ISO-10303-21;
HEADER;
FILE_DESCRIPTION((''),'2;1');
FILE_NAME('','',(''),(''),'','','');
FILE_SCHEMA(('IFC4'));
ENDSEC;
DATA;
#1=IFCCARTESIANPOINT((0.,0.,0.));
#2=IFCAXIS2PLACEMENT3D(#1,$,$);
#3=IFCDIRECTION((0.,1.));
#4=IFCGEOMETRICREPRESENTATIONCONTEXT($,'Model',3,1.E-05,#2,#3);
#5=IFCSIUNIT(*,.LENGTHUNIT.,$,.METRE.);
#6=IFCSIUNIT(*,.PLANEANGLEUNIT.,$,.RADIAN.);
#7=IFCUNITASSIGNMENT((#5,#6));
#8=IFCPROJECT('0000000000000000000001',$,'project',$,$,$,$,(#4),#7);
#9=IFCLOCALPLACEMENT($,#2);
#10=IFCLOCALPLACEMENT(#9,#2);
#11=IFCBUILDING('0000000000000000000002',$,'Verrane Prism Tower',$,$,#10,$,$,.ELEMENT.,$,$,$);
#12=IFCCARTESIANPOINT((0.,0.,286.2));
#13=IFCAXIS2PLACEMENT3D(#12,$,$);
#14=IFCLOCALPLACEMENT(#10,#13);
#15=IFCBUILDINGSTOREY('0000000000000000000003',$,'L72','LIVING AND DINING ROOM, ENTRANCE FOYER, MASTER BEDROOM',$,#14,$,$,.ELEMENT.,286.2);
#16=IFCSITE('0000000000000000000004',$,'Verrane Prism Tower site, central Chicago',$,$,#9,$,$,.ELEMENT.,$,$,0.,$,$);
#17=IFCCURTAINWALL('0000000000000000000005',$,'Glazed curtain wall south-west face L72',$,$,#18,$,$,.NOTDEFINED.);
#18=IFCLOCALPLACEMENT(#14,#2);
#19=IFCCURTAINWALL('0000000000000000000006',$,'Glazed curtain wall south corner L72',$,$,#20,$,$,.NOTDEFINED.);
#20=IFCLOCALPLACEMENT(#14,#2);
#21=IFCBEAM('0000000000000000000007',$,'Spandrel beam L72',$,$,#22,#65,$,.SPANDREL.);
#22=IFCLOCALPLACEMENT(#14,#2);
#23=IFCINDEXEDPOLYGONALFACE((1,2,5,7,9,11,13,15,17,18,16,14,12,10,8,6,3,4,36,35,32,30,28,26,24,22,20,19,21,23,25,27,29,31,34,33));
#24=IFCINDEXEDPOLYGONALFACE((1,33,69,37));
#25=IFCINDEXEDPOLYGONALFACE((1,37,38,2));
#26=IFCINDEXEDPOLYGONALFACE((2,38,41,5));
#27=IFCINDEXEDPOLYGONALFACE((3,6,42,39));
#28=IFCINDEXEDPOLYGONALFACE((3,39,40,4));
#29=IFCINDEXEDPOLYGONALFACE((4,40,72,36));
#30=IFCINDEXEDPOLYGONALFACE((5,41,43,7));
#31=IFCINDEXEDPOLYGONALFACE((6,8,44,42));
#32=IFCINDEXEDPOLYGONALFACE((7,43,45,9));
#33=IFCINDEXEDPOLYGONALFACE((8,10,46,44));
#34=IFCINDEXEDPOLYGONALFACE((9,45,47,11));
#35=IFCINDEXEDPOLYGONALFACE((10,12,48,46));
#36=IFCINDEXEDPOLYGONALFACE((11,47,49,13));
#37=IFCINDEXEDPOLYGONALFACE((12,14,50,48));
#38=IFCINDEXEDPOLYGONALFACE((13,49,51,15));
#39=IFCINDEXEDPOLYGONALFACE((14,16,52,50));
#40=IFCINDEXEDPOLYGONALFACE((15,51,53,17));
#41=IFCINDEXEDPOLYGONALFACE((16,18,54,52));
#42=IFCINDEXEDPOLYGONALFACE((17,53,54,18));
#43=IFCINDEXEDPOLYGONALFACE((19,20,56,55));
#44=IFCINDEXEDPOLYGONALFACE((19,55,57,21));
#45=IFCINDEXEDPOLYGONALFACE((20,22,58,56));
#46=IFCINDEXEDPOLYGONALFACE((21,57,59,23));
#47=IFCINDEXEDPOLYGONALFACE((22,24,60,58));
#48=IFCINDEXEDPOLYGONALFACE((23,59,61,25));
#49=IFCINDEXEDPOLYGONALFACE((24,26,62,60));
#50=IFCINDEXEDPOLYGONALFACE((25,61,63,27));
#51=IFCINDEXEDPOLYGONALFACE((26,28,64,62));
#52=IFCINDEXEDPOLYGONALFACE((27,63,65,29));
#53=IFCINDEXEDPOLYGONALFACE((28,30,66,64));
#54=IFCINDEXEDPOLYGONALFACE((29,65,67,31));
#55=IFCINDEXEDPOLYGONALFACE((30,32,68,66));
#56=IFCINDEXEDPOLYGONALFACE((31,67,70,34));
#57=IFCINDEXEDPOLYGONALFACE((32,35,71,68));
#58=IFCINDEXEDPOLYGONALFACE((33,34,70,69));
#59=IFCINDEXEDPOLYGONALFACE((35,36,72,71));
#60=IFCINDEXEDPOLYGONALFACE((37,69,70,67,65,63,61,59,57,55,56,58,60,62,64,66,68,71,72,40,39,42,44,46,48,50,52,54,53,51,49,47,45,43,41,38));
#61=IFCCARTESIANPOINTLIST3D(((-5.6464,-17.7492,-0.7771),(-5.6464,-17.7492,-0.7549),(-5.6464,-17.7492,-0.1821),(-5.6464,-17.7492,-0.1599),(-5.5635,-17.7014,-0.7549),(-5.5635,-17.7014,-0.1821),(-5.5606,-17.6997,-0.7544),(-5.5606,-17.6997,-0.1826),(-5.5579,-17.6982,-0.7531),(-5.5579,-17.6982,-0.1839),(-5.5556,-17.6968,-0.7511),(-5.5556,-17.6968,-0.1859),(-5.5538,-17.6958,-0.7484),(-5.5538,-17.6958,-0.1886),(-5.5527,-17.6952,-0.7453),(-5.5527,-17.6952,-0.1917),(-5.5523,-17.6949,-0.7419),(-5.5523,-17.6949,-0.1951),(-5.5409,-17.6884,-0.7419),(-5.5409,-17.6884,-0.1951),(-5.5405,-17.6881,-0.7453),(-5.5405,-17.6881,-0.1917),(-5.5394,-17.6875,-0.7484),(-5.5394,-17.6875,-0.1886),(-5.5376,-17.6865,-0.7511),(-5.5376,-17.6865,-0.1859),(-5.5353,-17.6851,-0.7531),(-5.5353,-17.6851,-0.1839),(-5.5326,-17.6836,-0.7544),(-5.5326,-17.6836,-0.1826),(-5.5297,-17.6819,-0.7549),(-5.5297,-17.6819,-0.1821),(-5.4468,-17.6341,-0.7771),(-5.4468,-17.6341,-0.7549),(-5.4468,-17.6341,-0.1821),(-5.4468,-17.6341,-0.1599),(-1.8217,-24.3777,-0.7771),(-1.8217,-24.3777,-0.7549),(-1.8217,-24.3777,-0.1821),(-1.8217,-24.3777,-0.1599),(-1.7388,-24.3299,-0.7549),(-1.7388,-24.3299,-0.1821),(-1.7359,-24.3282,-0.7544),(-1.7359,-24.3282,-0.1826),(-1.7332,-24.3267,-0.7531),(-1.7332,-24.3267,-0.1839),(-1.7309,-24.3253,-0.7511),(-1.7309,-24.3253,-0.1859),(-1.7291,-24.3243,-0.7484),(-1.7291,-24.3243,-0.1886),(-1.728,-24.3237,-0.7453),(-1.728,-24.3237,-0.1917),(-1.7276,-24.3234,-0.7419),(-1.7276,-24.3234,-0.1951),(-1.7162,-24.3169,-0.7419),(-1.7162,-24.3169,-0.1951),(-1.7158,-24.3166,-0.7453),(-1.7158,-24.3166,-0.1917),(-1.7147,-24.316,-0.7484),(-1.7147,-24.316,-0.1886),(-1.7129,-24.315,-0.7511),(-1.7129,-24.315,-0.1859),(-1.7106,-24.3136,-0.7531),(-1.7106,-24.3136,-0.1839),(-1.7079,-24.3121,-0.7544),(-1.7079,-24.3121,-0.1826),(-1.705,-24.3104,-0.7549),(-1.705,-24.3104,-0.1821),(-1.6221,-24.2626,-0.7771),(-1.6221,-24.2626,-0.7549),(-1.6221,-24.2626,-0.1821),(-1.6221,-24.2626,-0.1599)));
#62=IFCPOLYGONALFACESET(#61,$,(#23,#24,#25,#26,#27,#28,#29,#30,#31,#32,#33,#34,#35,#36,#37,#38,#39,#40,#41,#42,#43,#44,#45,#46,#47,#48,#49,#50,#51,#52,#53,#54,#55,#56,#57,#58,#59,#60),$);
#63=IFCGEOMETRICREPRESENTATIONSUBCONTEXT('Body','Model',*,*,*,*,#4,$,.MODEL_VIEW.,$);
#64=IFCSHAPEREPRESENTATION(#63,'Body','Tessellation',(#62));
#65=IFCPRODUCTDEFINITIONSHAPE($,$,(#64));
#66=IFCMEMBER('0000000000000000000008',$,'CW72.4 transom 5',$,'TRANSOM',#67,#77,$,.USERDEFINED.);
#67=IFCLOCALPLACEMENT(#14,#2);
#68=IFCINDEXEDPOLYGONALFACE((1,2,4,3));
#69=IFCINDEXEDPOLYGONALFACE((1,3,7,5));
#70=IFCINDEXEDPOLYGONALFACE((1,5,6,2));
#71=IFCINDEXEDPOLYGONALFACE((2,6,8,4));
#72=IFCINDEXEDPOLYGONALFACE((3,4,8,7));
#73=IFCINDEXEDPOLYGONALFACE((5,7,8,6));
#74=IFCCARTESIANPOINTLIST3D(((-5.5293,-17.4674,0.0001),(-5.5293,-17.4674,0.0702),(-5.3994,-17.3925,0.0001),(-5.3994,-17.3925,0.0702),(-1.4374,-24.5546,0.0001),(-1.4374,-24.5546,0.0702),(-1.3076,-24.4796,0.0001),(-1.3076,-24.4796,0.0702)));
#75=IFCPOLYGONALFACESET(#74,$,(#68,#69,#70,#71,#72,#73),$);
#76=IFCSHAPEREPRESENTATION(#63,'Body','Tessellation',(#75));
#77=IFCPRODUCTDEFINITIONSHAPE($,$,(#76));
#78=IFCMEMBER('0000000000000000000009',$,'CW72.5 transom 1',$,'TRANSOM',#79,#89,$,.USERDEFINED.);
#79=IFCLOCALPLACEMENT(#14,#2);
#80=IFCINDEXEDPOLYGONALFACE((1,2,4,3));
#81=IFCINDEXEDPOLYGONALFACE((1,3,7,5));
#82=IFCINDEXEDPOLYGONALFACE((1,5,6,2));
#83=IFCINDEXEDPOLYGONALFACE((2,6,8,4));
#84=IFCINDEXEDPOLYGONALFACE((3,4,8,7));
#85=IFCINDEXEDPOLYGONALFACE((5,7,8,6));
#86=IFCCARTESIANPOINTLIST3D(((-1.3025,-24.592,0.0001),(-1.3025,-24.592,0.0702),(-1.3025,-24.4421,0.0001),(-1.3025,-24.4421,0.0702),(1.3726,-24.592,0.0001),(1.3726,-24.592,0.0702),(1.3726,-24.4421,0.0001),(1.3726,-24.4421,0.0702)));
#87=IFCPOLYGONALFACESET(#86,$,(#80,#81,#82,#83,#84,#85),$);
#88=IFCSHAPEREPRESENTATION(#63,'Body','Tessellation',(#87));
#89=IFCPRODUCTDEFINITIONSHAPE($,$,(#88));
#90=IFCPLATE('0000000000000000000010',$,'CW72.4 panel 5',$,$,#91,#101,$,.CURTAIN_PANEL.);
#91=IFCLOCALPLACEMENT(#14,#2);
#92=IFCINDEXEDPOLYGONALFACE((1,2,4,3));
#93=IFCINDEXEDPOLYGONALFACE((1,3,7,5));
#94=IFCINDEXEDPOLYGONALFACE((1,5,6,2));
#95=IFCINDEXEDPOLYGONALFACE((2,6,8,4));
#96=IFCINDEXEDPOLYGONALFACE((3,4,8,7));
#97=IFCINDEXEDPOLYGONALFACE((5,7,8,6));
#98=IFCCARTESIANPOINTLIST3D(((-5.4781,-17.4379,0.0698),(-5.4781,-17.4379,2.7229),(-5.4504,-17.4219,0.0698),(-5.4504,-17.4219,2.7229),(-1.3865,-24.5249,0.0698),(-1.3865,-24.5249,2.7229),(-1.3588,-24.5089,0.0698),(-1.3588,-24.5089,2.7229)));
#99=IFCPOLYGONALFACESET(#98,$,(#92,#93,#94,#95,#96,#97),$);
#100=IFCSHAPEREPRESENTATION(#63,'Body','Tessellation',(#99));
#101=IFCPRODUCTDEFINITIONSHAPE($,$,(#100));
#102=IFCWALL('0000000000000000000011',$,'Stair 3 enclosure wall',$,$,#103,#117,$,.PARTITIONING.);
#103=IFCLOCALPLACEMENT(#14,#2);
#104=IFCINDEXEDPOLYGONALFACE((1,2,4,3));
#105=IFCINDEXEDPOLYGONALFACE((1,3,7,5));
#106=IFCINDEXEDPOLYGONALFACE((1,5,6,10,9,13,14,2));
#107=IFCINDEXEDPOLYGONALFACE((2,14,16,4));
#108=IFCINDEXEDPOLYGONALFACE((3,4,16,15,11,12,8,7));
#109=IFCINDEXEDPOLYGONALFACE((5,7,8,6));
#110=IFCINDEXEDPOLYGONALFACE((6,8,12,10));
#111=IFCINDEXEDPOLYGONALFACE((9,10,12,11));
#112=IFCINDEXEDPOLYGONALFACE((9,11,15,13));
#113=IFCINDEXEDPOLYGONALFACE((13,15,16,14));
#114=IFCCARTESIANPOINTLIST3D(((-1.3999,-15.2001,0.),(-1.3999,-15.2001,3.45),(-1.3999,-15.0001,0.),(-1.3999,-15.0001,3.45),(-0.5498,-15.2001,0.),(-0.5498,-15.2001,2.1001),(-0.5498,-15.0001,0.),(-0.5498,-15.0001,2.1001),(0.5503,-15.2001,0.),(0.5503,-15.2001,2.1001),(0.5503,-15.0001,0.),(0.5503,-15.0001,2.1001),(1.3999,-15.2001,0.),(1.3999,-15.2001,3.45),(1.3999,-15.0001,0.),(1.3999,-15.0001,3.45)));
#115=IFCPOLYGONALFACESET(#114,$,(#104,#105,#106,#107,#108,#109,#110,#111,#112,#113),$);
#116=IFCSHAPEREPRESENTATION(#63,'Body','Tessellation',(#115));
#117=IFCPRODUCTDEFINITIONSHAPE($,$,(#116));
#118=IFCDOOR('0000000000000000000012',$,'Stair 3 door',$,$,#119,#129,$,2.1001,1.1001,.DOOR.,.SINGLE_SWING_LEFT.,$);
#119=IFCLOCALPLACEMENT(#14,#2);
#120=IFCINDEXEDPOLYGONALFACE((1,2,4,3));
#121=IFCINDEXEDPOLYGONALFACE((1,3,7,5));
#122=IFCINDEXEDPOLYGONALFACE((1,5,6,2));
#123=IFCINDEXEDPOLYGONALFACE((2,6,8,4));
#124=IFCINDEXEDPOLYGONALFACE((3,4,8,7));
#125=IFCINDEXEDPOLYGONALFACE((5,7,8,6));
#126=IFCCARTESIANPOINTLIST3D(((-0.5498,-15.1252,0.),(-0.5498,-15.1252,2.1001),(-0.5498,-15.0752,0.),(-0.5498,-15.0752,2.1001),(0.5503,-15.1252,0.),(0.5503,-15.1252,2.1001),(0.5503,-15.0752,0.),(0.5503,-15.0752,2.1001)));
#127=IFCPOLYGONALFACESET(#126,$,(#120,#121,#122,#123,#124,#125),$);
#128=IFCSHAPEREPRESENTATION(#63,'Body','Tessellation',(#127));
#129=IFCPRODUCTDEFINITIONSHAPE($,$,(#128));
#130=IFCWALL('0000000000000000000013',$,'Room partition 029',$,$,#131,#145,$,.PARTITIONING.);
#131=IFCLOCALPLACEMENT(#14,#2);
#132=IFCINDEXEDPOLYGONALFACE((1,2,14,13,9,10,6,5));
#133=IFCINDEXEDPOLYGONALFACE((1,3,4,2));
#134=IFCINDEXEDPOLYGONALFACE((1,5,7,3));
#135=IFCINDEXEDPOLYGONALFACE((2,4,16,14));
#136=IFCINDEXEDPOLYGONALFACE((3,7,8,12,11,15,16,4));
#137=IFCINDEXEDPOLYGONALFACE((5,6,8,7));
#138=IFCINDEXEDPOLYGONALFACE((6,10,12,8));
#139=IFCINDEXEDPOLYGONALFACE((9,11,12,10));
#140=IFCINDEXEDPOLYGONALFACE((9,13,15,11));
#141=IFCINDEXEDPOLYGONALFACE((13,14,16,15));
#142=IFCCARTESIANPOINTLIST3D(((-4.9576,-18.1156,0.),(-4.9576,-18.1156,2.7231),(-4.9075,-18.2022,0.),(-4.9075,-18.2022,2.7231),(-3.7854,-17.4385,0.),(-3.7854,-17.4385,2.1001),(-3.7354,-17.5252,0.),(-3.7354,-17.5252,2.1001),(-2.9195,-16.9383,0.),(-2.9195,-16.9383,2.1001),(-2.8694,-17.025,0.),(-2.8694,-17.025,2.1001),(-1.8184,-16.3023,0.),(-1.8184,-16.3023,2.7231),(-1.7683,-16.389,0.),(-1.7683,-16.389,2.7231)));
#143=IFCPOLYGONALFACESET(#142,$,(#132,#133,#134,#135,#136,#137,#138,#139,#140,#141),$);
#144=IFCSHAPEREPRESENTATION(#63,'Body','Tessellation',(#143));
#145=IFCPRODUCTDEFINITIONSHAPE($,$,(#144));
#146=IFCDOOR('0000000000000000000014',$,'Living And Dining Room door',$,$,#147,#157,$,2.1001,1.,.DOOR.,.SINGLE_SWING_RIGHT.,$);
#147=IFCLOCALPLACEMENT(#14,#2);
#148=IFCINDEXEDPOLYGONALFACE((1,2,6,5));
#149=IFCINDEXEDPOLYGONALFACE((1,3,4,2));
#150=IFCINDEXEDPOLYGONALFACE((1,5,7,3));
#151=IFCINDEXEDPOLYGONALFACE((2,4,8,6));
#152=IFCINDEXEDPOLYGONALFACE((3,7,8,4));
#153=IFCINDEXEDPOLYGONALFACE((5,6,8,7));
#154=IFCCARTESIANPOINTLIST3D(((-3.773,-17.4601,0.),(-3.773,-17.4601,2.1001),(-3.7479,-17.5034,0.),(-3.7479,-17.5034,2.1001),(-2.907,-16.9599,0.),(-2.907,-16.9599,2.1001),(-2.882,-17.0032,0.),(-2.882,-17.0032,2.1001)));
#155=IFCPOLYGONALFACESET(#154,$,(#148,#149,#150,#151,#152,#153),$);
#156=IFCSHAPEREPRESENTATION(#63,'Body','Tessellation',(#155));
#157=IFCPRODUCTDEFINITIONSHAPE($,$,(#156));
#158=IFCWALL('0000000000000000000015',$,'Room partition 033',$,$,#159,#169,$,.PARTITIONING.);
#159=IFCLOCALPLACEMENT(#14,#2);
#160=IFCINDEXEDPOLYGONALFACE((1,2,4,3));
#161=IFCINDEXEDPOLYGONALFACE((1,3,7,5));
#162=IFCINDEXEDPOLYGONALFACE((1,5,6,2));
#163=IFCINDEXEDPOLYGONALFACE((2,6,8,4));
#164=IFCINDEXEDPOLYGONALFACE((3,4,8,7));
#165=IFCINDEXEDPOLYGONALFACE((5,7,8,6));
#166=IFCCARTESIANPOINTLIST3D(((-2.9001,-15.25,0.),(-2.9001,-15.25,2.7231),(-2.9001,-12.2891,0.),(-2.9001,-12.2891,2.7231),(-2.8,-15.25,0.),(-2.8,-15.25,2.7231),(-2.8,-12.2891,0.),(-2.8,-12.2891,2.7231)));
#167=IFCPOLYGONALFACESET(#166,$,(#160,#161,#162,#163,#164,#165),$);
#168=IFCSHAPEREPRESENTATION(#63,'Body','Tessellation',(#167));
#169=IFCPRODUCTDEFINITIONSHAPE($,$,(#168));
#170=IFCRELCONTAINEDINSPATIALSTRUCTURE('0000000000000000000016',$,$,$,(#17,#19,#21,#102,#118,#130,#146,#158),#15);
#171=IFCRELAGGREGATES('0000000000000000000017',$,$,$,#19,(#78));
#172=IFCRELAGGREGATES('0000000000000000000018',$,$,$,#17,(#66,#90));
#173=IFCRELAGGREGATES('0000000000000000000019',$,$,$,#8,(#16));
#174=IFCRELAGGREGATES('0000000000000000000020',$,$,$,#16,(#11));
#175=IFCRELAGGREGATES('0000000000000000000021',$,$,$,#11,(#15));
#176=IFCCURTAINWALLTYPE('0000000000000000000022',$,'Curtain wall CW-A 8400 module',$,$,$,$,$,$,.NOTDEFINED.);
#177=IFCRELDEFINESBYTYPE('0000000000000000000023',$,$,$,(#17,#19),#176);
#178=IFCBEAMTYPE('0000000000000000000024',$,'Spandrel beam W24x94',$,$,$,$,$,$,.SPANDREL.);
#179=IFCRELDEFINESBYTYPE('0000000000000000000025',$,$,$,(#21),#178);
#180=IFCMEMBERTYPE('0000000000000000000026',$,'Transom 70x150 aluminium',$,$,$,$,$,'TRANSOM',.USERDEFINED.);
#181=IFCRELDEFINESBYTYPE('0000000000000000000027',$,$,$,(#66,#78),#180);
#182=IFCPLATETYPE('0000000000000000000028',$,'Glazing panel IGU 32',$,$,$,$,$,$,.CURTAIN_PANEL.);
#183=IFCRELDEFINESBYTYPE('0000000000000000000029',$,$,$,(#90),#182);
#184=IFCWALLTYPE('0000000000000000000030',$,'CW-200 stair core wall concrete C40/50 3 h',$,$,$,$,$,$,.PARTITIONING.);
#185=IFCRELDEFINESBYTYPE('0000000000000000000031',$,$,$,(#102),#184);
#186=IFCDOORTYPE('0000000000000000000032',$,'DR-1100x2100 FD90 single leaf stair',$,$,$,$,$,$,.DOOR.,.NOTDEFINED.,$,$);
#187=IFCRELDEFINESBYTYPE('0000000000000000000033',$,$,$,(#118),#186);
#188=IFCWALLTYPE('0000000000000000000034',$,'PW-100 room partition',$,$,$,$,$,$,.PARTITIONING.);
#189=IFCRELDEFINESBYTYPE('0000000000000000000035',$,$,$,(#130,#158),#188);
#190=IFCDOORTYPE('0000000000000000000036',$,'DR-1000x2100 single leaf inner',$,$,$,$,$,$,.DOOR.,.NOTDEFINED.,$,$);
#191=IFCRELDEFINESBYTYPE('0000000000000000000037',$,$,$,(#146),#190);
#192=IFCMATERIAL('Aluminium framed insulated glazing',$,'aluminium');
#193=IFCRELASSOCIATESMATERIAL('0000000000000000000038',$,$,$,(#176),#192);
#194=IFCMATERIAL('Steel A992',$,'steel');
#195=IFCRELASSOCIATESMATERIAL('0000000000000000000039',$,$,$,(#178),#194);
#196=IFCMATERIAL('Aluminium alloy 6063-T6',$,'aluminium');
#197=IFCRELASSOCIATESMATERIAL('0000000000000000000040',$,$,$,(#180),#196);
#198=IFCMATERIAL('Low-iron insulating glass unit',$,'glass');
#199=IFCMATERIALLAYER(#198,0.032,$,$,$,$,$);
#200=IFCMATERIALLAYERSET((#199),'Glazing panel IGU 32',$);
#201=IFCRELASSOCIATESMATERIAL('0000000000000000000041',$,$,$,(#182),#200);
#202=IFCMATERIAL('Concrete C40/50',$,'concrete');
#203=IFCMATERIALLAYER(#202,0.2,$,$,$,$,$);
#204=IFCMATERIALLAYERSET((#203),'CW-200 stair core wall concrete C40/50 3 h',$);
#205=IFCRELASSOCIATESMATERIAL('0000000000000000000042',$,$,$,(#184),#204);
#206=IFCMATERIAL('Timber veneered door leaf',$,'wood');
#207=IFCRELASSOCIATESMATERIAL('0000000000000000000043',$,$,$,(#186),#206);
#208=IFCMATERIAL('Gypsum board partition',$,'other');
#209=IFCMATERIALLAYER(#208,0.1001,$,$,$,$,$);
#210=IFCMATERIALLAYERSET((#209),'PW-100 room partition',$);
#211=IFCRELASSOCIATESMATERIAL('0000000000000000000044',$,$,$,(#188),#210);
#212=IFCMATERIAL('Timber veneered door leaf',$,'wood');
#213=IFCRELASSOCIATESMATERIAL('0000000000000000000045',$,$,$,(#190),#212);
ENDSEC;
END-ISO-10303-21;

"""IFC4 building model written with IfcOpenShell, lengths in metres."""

from ifc_helpers import new_model, si_unit, direction, frame, frame_2d, origin, origin_2d, place, context, subcontext, project, spatial, rectangle, i_section, extrude, material, layer, layer_set, material_profile, profile_set, type_object, element, fill, aggregate, save


model = new_model("IFC4")

# Units and contexts
model_context = context("Model", 3, precision=1e-05, world=origin(), true_north=direction((0.0, 1.0)))
body_context = subcontext(model_context, "Body", "Model", "MODEL_VIEW")
ifc_project = project(units=[si_unit("LENGTHUNIT", "METRE"), si_unit("PLANEANGLEUNIT", "RADIAN")], contexts=[model_context])

# Site, building, storey
site_placement = place(None, origin())
site = spatial("IfcSite", under=ifc_project, at=site_placement, Name="Verrane Prism Tower site, central Chicago", CompositionType="ELEMENT", RefElevation=0.0)
building_placement = place(site_placement, origin())
building = spatial("IfcBuilding", under=site, at=building_placement, Name="Verrane Prism Tower", CompositionType="ELEMENT")
storey_placement = place(building_placement, frame((0.0, 0.0, 286.2)))
storey = spatial("IfcBuildingStorey", under=building, at=storey_placement, Name="L72", Description="LIVING AND DINING ROOM, ENTRANCE FOYER, MASTER BEDROOM", CompositionType="ELEMENT", Elevation=286.2)

# Curtain walls
ifc_material_1 = material(Name="Aluminium framed insulated glazing", Category="aluminium")
curtain_wall_type = type_object("IfcCurtainWallType", Name="Curtain wall CW-A 8400 module", PredefinedType="NOTDEFINED", material=ifc_material_1)
curtain_wall_1_placement = place(storey_placement, origin())
curtain_wall_1 = element("IfcCurtainWall", 1, at=curtain_wall_1_placement, inside=storey, type_object=curtain_wall_type, Name="Glazed curtain wall south-west face L72", PredefinedType="NOTDEFINED")
curtain_wall_2_placement = place(storey_placement, origin())
curtain_wall_2 = element("IfcCurtainWall", 2, at=curtain_wall_2_placement, inside=storey, type_object=curtain_wall_type, Name="Glazed curtain wall south corner L72", PredefinedType="NOTDEFINED")

# Beam
ifc_material_2 = material(Name="Steel A992", Category="steel")
ifc_material_profile_1 = material_profile(ifc_material_2, i_section(OverallWidth=0.2305, OverallDepth=0.6172, WebThickness=0.0132, FlangeThickness=0.0222, FilletRadius=0.0129, at=origin_2d()), Name="W24x94")
ifc_profile_set_1 = profile_set([ifc_material_profile_1], Name="Steel A992")
beam_type_1 = type_object("IfcBeamType", Name="Spandrel beam W24x94", PredefinedType="SPANDREL", material=ifc_profile_set_1)
beam_1_placement = place(storey_placement, frame((-5.5466, -17.6917, -0.4685), z_axis=(0.499783, -0.866151, 0.0), x_axis=(0.866151, 0.499783, 0.0)))
element("IfcBeam", 3, at=beam_1_placement, inside=storey, type_object=beam_type_1, Name="Spandrel beam L72", PredefinedType="SPANDREL", context=body_context, shape_type="SweptSolid", body=[
    extrude(i_section(OverallWidth=0.2305, OverallDepth=0.6172, WebThickness=0.0132, FlangeThickness=0.0222, FilletRadius=0.0129, at=origin_2d()), origin(), (0.0, 0.0, 1.0), 7.6528),
])

# Members
ifc_material_3 = material(Name="Aluminium alloy 6063-T6", Category="aluminium")
ifc_material_profile_2 = material_profile(ifc_material_3, rectangle(XDim=0.1499, YDim=0.0701, at=origin_2d()), Name="Transom 70x150 aluminium")
ifc_profile_set_2 = profile_set([ifc_material_profile_2], Name="Aluminium alloy 6063-T6")
member_type_1 = type_object("IfcMemberType", Name="Transom 70x150 aluminium", ElementType="TRANSOM", PredefinedType="USERDEFINED", material=ifc_profile_set_2)
member_1_placement = place(storey_placement, frame((-5.4644, -17.4299, 0.0352), z_axis=(0.500002, -0.866024, 0.0), x_axis=(0.866024, 0.500002, 0.0)))
member_1 = element("IfcMember", 4, at=member_1_placement, type_object=member_type_1, Name="CW72.4 transom 5", ObjectType="TRANSOM", PredefinedType="USERDEFINED", context=body_context, shape_type="SweptSolid", body=[
    extrude(rectangle(XDim=0.1499, YDim=0.0701, at=origin_2d()), origin(), (0.0, 0.0, 1.0), 8.1836),
])
member_2_placement = place(storey_placement, frame((-1.3025, -24.5171, 0.0352), z_axis=(1.0, 0.0, 0.0), x_axis=(0.0, 1.0, 0.0)))
member_2 = element("IfcMember", 5, at=member_2_placement, type_object=member_type_1, Name="CW72.5 transom 1", ObjectType="TRANSOM", PredefinedType="USERDEFINED", context=body_context, shape_type="SweptSolid", body=[
    extrude(rectangle(XDim=0.1499, YDim=0.0701, at=origin_2d()), origin(), (0.0, 0.0, 1.0), 2.675),
])
aggregate(curtain_wall_2, [member_2])

# Plate
ifc_material_4 = material(Name="Low-iron insulating glass unit", Category="glass")
ifc_layer_1 = layer(ifc_material_4, 0.032)
ifc_layer_set_1 = layer_set([ifc_layer_1], Name="Glazing panel IGU 32")
plate_type = type_object("IfcPlateType", Name="Glazing panel IGU 32", PredefinedType="CURTAIN_PANEL", material=ifc_layer_set_1)
plate_placement = place(storey_placement, frame((-3.4185, -20.9734, 0.0698), z_axis=(0.0, 0.0, 1.0), x_axis=(0.500001, -0.866025, 0.0)))
plate = element("IfcPlate", 6, at=plate_placement, type_object=plate_type, Name="CW72.4 panel 5", PredefinedType="CURTAIN_PANEL", context=body_context, shape_type="SweptSolid", body=[
    extrude(rectangle(XDim=8.1833, YDim=0.032, at=origin_2d()), origin(), (0.0, 0.0, 1.0), 2.6531),
])
aggregate(curtain_wall_1, [member_1, plate])

# Walls, openings, doors
ifc_material_5 = material(Name="Concrete C40/50", Category="concrete")
ifc_layer_2 = layer(ifc_material_5, 0.2)
ifc_layer_set_2 = layer_set([ifc_layer_2], Name="CW-200 stair core wall concrete C40/50 3 h")
wall_type_1 = type_object("IfcWallType", Name="CW-200 stair core wall concrete C40/50 3 h", PredefinedType="PARTITIONING", material=ifc_layer_set_2)
wall_1_placement = place(storey_placement, frame((-1.3999, -15.1001, 0.0), z_axis=(0.0, 0.0, 1.0), x_axis=(1.0, 0.0, 0.0)))
wall_1 = element("IfcWall", 7, at=wall_1_placement, inside=storey, type_object=wall_type_1, Name="Stair 3 enclosure wall", PredefinedType="PARTITIONING", context=body_context, shape_type="SweptSolid", body=[
    extrude(rectangle(XDim=2.7998, YDim=0.2, at=frame_2d((1.3999, 0.0))), origin(), (0.0, 0.0, 1.0), 3.45),
])
opening_1_placement = place(wall_1_placement, frame((0.8501, 0.0, 0.0)))
opening_1 = element("IfcOpeningElement", 8, at=opening_1_placement, cuts=wall_1, PredefinedType="OPENING", context=body_context, shape_type="SweptSolid", body=[
    extrude(rectangle(XDim=1.1001, YDim=2.1001, at=frame_2d((0.55, 1.05))), frame((0.0, 0.1099, 0.0), z_axis=(0.0, -1.0, 0.0), x_axis=(1.0, 0.0, 0.0)), (0.0, 0.0, 1.0), 0.22),
])
ifc_material_6 = material(Name="Timber veneered door leaf", Category="wood")
door_type_1 = type_object("IfcDoorType", Name="DR-1100x2100 FD90 single leaf stair", OperationType="NOTDEFINED", PredefinedType="DOOR", material=ifc_material_6)
door_1_placement = place(opening_1_placement, origin())
door_1 = element("IfcDoor", 9, at=door_1_placement, inside=storey, type_object=door_type_1, Name="Stair 3 door", OperationType="SINGLE_SWING_LEFT", OverallHeight=2.1001, OverallWidth=1.1001, PredefinedType="DOOR", context=body_context, shape_type="SweptSolid", body=[
    extrude(rectangle(XDim=1.1001, YDim=2.1001, at=frame_2d((0.55, 1.05))), frame((0.0, 0.0249, 0.0), z_axis=(0.0, -1.0, 0.0), x_axis=(1.0, 0.0, 0.0)), (0.0, 0.0, 1.0), 0.05),
])
fill(opening_1, door_1)
ifc_material_7 = material(Name="Gypsum board partition", Category="other")
ifc_layer_3 = layer(ifc_material_7, 0.1001)
ifc_layer_set_3 = layer_set([ifc_layer_3], Name="PW-100 room partition")
wall_type_2 = type_object("IfcWallType", Name="PW-100 room partition", PredefinedType="PARTITIONING", material=ifc_layer_set_3)
wall_2_placement = place(storey_placement, frame((-1.7935, -16.3457, 0.0), z_axis=(0.0, 0.0, 1.0), x_axis=(-0.865925, -0.500173, 0.0)))
wall_2 = element("IfcWall", 10, at=wall_2_placement, inside=storey, type_object=wall_type_2, Name="Room partition 029", PredefinedType="PARTITIONING", context=body_context, shape_type="SweptSolid", body=[
    extrude(rectangle(XDim=3.6252, YDim=0.1001, at=frame_2d((1.8125, 0.0))), origin(), (0.0, 0.0, 1.0), 2.7231),
])
opening_2_placement = place(wall_2_placement, frame((1.2715, 0.0, 0.0)))
opening_2 = element("IfcOpeningElement", 11, at=opening_2_placement, cuts=wall_2, PredefinedType="OPENING", context=body_context, shape_type="SweptSolid", body=[
    extrude(rectangle(XDim=1.0, YDim=2.1001, at=frame_2d((0.5, 1.05))), frame((0.0, 0.0601, 0.0), z_axis=(0.0, -1.0, 0.0), x_axis=(1.0, 0.0, 0.0)), (0.0, 0.0, 1.0), 0.1201),
])
ifc_material_8 = material(Name="Timber veneered door leaf", Category="wood")
door_type_2 = type_object("IfcDoorType", Name="DR-1000x2100 single leaf inner", OperationType="NOTDEFINED", PredefinedType="DOOR", material=ifc_material_8)
door_2_placement = place(opening_2_placement, origin())
door_2 = element("IfcDoor", 12, at=door_2_placement, inside=storey, type_object=door_type_2, Name="Living And Dining Room door", OperationType="SINGLE_SWING_RIGHT", OverallHeight=2.1001, OverallWidth=1.0, PredefinedType="DOOR", context=body_context, shape_type="SweptSolid", body=[
    extrude(rectangle(XDim=1.0, YDim=2.1001, at=frame_2d((0.5, 1.05))), frame((0.0, 0.0249, 0.0), z_axis=(0.0, -1.0, 0.0), x_axis=(1.0, 0.0, 0.0)), (0.0, 0.0, 1.0), 0.05),
])
fill(opening_2, door_2)

# Wall
wall_3_placement = place(storey_placement, frame((-2.8501, -15.25, 0.0), z_axis=(0.0, 0.0, 1.0), x_axis=(0.0, 1.0, 0.0)))
element("IfcWall", 13, at=wall_3_placement, inside=storey, type_object=wall_type_2, Name="Room partition 033", PredefinedType="PARTITIONING", context=body_context, shape_type="SweptSolid", body=[
    extrude(rectangle(XDim=2.9609, YDim=0.1001, at=frame_2d((1.4805, 0.0))), origin(), (0.0, 0.0, 1.0), 2.7231),
])

save(model, "model.ifc")
